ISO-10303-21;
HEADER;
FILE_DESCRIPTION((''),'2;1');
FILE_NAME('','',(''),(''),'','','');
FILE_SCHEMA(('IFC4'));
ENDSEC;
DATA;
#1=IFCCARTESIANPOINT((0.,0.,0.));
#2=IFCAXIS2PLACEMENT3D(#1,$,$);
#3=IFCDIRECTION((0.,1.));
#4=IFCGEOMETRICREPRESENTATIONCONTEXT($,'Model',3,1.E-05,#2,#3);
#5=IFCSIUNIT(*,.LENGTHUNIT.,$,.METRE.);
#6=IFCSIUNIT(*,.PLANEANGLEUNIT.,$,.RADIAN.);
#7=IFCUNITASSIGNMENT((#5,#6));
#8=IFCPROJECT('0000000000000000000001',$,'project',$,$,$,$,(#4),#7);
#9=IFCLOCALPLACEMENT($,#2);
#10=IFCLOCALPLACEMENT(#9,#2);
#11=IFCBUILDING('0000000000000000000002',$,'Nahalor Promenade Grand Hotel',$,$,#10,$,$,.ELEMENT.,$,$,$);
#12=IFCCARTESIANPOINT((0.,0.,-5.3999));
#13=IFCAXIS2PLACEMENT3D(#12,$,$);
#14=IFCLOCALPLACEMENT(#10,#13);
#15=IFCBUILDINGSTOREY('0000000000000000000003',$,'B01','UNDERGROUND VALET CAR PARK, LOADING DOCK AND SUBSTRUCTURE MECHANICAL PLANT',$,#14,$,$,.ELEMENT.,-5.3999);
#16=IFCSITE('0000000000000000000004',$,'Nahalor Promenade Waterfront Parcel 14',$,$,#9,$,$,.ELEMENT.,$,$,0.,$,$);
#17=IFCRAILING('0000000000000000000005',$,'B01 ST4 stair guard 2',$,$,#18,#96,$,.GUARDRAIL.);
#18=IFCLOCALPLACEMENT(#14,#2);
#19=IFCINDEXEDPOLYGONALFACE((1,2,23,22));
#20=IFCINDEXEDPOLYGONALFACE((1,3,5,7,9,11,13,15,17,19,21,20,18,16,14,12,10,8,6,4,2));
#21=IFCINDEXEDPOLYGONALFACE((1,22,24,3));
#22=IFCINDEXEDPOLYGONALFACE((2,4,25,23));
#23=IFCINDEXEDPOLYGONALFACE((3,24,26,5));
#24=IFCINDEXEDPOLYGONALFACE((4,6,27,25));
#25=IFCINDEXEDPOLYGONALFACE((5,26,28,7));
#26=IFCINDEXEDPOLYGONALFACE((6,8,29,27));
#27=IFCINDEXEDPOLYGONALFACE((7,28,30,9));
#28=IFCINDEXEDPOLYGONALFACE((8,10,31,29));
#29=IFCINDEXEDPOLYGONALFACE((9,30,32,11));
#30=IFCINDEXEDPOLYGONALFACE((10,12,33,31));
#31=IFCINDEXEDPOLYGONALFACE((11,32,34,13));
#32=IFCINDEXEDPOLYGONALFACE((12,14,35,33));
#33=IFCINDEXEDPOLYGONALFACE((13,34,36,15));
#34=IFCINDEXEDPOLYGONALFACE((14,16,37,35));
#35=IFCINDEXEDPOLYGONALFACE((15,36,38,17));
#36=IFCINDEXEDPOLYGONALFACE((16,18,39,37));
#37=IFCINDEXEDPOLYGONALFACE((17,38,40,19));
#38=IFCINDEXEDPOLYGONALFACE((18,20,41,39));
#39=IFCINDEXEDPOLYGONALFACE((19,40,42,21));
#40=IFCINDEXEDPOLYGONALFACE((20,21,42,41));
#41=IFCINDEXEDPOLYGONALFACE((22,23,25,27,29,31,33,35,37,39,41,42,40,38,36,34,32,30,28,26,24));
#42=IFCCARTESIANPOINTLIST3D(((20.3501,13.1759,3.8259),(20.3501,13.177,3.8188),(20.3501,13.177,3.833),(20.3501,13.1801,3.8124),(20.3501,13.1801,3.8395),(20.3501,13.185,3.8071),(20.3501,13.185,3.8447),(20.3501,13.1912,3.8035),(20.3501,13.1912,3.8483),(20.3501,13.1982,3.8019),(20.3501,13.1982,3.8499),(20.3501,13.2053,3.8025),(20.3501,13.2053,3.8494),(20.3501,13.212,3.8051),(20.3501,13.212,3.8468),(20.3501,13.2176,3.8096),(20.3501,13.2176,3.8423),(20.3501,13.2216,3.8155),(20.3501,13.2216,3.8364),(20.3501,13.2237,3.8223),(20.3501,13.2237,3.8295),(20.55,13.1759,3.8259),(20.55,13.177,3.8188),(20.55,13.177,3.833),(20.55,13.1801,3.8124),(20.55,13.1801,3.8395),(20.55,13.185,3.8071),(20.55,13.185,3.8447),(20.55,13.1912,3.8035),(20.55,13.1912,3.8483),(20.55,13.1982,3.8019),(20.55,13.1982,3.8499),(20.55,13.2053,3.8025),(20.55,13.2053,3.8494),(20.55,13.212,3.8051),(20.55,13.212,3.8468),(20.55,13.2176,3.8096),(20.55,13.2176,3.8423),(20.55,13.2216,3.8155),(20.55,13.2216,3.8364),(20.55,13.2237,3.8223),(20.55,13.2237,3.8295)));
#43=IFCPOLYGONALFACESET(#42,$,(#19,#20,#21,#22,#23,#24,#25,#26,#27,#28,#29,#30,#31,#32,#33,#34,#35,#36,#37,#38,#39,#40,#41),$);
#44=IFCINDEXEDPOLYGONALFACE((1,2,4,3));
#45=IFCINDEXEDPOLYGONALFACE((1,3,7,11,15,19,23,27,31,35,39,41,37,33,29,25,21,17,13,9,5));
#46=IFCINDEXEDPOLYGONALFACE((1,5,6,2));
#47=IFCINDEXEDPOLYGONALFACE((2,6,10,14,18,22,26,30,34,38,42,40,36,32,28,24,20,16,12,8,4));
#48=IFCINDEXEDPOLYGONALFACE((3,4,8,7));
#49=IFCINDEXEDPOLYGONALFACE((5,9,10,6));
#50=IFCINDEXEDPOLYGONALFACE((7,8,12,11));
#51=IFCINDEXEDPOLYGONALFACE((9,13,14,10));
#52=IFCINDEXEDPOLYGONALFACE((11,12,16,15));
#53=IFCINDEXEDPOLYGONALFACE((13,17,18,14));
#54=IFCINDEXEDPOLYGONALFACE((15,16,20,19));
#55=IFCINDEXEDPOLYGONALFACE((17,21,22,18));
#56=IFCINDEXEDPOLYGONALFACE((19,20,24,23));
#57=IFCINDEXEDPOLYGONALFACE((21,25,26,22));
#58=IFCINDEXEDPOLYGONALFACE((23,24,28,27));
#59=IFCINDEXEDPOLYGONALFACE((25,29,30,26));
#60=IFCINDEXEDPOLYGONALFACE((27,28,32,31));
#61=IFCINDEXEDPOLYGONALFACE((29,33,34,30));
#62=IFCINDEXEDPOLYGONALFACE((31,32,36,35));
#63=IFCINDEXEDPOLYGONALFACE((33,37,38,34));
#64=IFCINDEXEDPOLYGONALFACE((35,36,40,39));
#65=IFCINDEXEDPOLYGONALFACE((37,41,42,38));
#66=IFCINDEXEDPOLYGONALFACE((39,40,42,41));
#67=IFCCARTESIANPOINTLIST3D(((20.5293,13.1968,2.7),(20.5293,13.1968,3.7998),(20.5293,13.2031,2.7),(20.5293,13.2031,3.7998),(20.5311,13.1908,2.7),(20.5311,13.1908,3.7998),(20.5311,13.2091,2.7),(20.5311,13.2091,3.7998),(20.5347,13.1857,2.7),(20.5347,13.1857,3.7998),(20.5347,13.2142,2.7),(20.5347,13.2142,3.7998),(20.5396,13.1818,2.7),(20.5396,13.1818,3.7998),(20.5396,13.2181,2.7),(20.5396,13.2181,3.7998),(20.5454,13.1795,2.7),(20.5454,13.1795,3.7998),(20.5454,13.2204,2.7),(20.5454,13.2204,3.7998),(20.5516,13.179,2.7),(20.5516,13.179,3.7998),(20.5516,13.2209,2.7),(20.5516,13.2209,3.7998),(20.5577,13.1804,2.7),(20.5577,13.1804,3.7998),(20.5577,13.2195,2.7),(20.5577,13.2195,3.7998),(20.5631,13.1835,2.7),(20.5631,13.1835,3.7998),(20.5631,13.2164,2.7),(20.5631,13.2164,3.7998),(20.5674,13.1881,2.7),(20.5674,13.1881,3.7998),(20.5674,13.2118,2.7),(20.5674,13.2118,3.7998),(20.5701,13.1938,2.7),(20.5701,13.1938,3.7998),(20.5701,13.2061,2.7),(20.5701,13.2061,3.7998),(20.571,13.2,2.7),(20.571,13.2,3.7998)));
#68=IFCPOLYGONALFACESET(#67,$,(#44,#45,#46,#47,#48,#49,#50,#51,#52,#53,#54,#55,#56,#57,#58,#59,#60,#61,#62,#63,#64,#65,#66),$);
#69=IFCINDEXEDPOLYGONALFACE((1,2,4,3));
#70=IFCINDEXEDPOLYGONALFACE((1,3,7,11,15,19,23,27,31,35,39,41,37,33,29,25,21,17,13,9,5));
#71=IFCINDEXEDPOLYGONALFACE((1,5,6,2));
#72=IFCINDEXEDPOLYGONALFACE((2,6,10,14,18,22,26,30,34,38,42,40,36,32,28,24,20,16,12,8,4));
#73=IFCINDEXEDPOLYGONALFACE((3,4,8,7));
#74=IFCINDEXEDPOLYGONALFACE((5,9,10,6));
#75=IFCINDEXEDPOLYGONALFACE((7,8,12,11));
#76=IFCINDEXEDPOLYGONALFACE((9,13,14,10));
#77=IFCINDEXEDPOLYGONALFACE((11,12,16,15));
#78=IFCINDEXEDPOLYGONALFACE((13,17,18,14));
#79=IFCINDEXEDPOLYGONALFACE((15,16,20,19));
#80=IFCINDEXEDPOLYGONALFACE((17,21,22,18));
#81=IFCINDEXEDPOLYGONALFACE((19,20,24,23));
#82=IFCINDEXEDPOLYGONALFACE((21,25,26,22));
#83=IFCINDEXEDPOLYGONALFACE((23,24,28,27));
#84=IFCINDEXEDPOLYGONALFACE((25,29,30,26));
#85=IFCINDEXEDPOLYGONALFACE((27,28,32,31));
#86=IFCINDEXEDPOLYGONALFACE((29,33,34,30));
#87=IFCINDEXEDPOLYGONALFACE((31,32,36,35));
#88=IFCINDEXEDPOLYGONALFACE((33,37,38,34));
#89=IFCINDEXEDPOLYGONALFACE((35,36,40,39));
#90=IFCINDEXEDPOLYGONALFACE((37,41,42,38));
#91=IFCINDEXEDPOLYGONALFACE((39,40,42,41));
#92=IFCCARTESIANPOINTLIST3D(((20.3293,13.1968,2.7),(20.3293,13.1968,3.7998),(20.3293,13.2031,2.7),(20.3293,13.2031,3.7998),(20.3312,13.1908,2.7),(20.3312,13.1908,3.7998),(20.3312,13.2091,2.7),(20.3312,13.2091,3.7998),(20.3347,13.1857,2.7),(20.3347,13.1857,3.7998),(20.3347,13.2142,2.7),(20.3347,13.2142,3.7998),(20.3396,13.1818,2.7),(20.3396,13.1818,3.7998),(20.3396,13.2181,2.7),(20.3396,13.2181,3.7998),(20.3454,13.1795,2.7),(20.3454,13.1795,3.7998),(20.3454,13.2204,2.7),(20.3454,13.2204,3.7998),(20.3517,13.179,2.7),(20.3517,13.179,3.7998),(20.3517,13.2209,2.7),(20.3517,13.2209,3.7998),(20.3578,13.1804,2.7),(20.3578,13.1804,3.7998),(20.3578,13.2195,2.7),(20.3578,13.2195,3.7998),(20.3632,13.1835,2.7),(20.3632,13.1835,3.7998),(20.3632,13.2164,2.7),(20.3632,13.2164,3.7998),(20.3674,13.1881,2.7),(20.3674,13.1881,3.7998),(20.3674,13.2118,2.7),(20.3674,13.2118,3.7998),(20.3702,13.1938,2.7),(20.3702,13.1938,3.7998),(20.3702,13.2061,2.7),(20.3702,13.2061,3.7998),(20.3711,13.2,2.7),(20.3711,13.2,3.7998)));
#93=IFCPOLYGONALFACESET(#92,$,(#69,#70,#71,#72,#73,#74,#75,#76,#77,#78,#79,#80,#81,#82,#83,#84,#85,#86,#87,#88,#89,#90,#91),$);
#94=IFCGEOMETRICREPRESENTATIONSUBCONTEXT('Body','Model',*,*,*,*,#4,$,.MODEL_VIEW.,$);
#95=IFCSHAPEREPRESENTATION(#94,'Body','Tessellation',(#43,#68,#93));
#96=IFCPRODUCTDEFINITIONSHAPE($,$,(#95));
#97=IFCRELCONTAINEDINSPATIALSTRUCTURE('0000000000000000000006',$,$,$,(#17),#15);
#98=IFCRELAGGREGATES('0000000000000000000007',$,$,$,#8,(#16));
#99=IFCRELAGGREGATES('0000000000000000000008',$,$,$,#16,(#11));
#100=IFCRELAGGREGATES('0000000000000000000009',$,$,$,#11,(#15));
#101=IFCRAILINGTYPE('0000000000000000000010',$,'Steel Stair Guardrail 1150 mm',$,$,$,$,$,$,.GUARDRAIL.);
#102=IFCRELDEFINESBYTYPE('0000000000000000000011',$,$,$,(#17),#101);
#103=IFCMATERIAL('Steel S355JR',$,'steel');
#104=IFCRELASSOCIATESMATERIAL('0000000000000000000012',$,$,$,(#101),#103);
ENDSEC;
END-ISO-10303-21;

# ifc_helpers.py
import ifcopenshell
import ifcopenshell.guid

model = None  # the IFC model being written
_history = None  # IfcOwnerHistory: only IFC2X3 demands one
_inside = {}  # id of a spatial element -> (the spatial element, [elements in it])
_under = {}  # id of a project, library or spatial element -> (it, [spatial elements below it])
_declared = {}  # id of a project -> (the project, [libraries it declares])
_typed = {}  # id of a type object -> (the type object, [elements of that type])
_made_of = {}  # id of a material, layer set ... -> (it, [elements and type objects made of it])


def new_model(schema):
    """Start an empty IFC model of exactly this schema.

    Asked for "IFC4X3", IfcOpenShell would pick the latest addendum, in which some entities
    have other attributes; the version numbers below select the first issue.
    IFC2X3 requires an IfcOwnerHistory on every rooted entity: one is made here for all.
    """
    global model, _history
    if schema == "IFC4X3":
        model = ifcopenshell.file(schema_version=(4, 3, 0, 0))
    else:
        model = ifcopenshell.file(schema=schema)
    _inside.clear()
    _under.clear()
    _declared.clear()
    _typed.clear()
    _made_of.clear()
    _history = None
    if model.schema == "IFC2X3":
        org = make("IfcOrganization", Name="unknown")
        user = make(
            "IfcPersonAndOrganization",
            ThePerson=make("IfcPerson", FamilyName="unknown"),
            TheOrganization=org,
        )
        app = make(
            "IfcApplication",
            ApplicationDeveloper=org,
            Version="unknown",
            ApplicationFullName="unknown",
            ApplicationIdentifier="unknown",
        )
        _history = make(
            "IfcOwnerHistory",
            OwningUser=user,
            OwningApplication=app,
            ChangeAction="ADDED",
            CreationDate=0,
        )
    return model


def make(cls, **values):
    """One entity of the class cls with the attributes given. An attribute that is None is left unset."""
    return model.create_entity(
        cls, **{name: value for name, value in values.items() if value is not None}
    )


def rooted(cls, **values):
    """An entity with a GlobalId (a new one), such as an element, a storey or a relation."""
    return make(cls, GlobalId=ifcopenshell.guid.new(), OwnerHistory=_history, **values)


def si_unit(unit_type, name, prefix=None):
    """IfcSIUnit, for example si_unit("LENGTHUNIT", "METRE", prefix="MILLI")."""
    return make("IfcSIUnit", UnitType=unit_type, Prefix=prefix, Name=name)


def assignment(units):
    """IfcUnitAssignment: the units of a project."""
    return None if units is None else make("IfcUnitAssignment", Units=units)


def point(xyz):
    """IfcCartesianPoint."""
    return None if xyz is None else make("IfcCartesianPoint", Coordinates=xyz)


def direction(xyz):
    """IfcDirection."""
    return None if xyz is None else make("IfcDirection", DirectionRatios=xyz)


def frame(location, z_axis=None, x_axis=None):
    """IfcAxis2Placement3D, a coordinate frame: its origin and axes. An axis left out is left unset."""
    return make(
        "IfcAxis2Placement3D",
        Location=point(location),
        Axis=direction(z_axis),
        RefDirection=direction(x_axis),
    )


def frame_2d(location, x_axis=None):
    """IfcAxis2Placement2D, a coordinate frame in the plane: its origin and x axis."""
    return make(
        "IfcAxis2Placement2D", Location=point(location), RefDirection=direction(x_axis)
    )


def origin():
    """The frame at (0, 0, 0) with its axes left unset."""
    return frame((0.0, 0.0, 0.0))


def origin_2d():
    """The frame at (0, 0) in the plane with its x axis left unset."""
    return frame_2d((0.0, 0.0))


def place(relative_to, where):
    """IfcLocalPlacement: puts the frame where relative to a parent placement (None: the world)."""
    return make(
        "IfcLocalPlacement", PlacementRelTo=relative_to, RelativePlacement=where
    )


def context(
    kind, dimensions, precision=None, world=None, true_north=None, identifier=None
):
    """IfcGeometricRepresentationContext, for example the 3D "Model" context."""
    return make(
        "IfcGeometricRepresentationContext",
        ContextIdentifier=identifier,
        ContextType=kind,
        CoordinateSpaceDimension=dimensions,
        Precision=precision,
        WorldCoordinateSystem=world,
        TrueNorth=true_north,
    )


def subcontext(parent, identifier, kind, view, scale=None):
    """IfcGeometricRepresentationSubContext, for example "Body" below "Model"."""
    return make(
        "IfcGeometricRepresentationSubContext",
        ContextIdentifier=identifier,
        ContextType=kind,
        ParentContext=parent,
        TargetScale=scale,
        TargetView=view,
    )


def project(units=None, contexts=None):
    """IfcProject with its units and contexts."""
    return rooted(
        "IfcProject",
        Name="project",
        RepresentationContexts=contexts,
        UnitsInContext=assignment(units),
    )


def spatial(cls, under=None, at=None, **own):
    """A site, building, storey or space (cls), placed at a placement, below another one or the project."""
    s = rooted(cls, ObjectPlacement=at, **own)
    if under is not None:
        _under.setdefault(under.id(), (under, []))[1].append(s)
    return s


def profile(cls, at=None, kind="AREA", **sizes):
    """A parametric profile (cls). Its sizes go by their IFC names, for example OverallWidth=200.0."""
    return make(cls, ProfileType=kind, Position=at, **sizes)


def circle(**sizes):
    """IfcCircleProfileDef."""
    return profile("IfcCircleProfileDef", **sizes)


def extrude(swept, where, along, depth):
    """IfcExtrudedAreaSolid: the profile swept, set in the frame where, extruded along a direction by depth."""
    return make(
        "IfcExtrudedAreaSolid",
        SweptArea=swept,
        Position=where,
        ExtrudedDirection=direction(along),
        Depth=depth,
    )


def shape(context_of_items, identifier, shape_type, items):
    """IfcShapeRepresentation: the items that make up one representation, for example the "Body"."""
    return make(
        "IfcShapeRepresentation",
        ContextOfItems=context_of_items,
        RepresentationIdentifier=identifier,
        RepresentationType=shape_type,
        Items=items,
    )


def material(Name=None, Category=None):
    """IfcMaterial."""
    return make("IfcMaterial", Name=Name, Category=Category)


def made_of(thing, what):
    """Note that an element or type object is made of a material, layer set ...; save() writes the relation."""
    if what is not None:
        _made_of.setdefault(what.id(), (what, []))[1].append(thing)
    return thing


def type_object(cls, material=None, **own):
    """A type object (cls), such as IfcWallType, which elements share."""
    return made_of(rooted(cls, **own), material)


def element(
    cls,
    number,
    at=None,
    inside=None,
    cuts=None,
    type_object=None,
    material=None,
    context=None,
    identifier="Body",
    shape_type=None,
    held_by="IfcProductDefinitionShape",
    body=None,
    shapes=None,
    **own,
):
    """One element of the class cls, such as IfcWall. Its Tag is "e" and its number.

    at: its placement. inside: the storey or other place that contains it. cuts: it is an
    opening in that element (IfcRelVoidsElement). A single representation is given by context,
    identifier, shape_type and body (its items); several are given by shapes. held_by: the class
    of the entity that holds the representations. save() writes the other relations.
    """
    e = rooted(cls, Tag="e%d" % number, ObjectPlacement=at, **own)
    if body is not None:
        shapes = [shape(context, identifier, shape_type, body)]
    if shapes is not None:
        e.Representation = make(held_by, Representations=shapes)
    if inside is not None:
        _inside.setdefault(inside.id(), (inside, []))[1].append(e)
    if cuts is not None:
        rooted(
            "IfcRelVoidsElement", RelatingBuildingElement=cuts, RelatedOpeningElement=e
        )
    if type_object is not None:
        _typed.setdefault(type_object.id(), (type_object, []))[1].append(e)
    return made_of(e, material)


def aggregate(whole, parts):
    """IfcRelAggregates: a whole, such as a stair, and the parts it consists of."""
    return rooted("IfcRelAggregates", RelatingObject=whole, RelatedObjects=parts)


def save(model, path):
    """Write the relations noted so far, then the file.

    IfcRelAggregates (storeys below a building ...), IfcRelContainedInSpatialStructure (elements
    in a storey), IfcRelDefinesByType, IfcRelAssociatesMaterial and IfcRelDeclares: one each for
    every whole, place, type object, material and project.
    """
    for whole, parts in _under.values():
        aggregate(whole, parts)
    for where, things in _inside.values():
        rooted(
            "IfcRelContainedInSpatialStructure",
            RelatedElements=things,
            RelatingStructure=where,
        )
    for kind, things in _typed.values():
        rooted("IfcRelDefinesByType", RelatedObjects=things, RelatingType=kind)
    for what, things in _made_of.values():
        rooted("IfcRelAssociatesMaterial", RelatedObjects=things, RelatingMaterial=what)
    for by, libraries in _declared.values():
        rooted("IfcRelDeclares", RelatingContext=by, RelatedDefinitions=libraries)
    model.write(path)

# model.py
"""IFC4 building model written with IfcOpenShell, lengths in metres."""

from ifc_helpers import new_model, si_unit, direction, frame, origin, origin_2d, place, context, subcontext, project, spatial, circle, extrude, material, type_object, element, save


model = new_model("IFC4")

# Units and contexts
model_context = context("Model", 3, precision=1e-05, world=origin(), true_north=direction((0.0, 1.0)))
body_context = subcontext(model_context, "Body", "Model", "MODEL_VIEW")
ifc_project = project(units=[si_unit("LENGTHUNIT", "METRE"), si_unit("PLANEANGLEUNIT", "RADIAN")], contexts=[model_context])

# Site, building, storey
site_placement = place(None, origin())
site = spatial("IfcSite", under=ifc_project, at=site_placement, Name="Nahalor Promenade Waterfront Parcel 14", CompositionType="ELEMENT", RefElevation=0.0)
building_placement = place(site_placement, origin())
building = spatial("IfcBuilding", under=site, at=building_placement, Name="Nahalor Promenade Grand Hotel", CompositionType="ELEMENT")
storey_placement = place(building_placement, frame((0.0, 0.0, -5.3999)))
storey = spatial("IfcBuildingStorey", under=building, at=storey_placement, Name="B01", Description="UNDERGROUND VALET CAR PARK, LOADING DOCK AND SUBSTRUCTURE MECHANICAL PLANT", CompositionType="ELEMENT", Elevation=-5.3999)

# Shared definitions
ifc_material_1 = material(Name="Steel S355JR", Category="steel")

# Railing
railing_type_1 = type_object("IfcRailingType", Name="Steel Stair Guardrail 1150 mm", PredefinedType="GUARDRAIL", material=ifc_material_1)
railing_1_placement = place(storey_placement, frame((20.55, 13.2, 2.7)))
element("IfcRailing", 1, at=railing_1_placement, inside=storey, type_object=railing_type_1, Name="B01 ST4 stair guard 2", PredefinedType="GUARDRAIL", context=body_context, shape_type="SweptSolid", body=[
    extrude(circle(Radius=0.024, at=origin_2d()), frame((0.0, 0.0, 1.126), z_axis=(-1.0, 0.0, 0.0), x_axis=(0.0, -1.0, 0.0)), (0.0, 0.0, 1.0), 0.2),
    extrude(circle(Radius=0.021, at=origin_2d()), origin(), (0.0, 0.0, 1.0), 1.0999),
    extrude(circle(Radius=0.021, at=origin_2d()), frame((-0.2, 0.0, 0.0)), (0.0, 0.0, 1.0), 1.0999),
])

save(model, "model.ifc")
